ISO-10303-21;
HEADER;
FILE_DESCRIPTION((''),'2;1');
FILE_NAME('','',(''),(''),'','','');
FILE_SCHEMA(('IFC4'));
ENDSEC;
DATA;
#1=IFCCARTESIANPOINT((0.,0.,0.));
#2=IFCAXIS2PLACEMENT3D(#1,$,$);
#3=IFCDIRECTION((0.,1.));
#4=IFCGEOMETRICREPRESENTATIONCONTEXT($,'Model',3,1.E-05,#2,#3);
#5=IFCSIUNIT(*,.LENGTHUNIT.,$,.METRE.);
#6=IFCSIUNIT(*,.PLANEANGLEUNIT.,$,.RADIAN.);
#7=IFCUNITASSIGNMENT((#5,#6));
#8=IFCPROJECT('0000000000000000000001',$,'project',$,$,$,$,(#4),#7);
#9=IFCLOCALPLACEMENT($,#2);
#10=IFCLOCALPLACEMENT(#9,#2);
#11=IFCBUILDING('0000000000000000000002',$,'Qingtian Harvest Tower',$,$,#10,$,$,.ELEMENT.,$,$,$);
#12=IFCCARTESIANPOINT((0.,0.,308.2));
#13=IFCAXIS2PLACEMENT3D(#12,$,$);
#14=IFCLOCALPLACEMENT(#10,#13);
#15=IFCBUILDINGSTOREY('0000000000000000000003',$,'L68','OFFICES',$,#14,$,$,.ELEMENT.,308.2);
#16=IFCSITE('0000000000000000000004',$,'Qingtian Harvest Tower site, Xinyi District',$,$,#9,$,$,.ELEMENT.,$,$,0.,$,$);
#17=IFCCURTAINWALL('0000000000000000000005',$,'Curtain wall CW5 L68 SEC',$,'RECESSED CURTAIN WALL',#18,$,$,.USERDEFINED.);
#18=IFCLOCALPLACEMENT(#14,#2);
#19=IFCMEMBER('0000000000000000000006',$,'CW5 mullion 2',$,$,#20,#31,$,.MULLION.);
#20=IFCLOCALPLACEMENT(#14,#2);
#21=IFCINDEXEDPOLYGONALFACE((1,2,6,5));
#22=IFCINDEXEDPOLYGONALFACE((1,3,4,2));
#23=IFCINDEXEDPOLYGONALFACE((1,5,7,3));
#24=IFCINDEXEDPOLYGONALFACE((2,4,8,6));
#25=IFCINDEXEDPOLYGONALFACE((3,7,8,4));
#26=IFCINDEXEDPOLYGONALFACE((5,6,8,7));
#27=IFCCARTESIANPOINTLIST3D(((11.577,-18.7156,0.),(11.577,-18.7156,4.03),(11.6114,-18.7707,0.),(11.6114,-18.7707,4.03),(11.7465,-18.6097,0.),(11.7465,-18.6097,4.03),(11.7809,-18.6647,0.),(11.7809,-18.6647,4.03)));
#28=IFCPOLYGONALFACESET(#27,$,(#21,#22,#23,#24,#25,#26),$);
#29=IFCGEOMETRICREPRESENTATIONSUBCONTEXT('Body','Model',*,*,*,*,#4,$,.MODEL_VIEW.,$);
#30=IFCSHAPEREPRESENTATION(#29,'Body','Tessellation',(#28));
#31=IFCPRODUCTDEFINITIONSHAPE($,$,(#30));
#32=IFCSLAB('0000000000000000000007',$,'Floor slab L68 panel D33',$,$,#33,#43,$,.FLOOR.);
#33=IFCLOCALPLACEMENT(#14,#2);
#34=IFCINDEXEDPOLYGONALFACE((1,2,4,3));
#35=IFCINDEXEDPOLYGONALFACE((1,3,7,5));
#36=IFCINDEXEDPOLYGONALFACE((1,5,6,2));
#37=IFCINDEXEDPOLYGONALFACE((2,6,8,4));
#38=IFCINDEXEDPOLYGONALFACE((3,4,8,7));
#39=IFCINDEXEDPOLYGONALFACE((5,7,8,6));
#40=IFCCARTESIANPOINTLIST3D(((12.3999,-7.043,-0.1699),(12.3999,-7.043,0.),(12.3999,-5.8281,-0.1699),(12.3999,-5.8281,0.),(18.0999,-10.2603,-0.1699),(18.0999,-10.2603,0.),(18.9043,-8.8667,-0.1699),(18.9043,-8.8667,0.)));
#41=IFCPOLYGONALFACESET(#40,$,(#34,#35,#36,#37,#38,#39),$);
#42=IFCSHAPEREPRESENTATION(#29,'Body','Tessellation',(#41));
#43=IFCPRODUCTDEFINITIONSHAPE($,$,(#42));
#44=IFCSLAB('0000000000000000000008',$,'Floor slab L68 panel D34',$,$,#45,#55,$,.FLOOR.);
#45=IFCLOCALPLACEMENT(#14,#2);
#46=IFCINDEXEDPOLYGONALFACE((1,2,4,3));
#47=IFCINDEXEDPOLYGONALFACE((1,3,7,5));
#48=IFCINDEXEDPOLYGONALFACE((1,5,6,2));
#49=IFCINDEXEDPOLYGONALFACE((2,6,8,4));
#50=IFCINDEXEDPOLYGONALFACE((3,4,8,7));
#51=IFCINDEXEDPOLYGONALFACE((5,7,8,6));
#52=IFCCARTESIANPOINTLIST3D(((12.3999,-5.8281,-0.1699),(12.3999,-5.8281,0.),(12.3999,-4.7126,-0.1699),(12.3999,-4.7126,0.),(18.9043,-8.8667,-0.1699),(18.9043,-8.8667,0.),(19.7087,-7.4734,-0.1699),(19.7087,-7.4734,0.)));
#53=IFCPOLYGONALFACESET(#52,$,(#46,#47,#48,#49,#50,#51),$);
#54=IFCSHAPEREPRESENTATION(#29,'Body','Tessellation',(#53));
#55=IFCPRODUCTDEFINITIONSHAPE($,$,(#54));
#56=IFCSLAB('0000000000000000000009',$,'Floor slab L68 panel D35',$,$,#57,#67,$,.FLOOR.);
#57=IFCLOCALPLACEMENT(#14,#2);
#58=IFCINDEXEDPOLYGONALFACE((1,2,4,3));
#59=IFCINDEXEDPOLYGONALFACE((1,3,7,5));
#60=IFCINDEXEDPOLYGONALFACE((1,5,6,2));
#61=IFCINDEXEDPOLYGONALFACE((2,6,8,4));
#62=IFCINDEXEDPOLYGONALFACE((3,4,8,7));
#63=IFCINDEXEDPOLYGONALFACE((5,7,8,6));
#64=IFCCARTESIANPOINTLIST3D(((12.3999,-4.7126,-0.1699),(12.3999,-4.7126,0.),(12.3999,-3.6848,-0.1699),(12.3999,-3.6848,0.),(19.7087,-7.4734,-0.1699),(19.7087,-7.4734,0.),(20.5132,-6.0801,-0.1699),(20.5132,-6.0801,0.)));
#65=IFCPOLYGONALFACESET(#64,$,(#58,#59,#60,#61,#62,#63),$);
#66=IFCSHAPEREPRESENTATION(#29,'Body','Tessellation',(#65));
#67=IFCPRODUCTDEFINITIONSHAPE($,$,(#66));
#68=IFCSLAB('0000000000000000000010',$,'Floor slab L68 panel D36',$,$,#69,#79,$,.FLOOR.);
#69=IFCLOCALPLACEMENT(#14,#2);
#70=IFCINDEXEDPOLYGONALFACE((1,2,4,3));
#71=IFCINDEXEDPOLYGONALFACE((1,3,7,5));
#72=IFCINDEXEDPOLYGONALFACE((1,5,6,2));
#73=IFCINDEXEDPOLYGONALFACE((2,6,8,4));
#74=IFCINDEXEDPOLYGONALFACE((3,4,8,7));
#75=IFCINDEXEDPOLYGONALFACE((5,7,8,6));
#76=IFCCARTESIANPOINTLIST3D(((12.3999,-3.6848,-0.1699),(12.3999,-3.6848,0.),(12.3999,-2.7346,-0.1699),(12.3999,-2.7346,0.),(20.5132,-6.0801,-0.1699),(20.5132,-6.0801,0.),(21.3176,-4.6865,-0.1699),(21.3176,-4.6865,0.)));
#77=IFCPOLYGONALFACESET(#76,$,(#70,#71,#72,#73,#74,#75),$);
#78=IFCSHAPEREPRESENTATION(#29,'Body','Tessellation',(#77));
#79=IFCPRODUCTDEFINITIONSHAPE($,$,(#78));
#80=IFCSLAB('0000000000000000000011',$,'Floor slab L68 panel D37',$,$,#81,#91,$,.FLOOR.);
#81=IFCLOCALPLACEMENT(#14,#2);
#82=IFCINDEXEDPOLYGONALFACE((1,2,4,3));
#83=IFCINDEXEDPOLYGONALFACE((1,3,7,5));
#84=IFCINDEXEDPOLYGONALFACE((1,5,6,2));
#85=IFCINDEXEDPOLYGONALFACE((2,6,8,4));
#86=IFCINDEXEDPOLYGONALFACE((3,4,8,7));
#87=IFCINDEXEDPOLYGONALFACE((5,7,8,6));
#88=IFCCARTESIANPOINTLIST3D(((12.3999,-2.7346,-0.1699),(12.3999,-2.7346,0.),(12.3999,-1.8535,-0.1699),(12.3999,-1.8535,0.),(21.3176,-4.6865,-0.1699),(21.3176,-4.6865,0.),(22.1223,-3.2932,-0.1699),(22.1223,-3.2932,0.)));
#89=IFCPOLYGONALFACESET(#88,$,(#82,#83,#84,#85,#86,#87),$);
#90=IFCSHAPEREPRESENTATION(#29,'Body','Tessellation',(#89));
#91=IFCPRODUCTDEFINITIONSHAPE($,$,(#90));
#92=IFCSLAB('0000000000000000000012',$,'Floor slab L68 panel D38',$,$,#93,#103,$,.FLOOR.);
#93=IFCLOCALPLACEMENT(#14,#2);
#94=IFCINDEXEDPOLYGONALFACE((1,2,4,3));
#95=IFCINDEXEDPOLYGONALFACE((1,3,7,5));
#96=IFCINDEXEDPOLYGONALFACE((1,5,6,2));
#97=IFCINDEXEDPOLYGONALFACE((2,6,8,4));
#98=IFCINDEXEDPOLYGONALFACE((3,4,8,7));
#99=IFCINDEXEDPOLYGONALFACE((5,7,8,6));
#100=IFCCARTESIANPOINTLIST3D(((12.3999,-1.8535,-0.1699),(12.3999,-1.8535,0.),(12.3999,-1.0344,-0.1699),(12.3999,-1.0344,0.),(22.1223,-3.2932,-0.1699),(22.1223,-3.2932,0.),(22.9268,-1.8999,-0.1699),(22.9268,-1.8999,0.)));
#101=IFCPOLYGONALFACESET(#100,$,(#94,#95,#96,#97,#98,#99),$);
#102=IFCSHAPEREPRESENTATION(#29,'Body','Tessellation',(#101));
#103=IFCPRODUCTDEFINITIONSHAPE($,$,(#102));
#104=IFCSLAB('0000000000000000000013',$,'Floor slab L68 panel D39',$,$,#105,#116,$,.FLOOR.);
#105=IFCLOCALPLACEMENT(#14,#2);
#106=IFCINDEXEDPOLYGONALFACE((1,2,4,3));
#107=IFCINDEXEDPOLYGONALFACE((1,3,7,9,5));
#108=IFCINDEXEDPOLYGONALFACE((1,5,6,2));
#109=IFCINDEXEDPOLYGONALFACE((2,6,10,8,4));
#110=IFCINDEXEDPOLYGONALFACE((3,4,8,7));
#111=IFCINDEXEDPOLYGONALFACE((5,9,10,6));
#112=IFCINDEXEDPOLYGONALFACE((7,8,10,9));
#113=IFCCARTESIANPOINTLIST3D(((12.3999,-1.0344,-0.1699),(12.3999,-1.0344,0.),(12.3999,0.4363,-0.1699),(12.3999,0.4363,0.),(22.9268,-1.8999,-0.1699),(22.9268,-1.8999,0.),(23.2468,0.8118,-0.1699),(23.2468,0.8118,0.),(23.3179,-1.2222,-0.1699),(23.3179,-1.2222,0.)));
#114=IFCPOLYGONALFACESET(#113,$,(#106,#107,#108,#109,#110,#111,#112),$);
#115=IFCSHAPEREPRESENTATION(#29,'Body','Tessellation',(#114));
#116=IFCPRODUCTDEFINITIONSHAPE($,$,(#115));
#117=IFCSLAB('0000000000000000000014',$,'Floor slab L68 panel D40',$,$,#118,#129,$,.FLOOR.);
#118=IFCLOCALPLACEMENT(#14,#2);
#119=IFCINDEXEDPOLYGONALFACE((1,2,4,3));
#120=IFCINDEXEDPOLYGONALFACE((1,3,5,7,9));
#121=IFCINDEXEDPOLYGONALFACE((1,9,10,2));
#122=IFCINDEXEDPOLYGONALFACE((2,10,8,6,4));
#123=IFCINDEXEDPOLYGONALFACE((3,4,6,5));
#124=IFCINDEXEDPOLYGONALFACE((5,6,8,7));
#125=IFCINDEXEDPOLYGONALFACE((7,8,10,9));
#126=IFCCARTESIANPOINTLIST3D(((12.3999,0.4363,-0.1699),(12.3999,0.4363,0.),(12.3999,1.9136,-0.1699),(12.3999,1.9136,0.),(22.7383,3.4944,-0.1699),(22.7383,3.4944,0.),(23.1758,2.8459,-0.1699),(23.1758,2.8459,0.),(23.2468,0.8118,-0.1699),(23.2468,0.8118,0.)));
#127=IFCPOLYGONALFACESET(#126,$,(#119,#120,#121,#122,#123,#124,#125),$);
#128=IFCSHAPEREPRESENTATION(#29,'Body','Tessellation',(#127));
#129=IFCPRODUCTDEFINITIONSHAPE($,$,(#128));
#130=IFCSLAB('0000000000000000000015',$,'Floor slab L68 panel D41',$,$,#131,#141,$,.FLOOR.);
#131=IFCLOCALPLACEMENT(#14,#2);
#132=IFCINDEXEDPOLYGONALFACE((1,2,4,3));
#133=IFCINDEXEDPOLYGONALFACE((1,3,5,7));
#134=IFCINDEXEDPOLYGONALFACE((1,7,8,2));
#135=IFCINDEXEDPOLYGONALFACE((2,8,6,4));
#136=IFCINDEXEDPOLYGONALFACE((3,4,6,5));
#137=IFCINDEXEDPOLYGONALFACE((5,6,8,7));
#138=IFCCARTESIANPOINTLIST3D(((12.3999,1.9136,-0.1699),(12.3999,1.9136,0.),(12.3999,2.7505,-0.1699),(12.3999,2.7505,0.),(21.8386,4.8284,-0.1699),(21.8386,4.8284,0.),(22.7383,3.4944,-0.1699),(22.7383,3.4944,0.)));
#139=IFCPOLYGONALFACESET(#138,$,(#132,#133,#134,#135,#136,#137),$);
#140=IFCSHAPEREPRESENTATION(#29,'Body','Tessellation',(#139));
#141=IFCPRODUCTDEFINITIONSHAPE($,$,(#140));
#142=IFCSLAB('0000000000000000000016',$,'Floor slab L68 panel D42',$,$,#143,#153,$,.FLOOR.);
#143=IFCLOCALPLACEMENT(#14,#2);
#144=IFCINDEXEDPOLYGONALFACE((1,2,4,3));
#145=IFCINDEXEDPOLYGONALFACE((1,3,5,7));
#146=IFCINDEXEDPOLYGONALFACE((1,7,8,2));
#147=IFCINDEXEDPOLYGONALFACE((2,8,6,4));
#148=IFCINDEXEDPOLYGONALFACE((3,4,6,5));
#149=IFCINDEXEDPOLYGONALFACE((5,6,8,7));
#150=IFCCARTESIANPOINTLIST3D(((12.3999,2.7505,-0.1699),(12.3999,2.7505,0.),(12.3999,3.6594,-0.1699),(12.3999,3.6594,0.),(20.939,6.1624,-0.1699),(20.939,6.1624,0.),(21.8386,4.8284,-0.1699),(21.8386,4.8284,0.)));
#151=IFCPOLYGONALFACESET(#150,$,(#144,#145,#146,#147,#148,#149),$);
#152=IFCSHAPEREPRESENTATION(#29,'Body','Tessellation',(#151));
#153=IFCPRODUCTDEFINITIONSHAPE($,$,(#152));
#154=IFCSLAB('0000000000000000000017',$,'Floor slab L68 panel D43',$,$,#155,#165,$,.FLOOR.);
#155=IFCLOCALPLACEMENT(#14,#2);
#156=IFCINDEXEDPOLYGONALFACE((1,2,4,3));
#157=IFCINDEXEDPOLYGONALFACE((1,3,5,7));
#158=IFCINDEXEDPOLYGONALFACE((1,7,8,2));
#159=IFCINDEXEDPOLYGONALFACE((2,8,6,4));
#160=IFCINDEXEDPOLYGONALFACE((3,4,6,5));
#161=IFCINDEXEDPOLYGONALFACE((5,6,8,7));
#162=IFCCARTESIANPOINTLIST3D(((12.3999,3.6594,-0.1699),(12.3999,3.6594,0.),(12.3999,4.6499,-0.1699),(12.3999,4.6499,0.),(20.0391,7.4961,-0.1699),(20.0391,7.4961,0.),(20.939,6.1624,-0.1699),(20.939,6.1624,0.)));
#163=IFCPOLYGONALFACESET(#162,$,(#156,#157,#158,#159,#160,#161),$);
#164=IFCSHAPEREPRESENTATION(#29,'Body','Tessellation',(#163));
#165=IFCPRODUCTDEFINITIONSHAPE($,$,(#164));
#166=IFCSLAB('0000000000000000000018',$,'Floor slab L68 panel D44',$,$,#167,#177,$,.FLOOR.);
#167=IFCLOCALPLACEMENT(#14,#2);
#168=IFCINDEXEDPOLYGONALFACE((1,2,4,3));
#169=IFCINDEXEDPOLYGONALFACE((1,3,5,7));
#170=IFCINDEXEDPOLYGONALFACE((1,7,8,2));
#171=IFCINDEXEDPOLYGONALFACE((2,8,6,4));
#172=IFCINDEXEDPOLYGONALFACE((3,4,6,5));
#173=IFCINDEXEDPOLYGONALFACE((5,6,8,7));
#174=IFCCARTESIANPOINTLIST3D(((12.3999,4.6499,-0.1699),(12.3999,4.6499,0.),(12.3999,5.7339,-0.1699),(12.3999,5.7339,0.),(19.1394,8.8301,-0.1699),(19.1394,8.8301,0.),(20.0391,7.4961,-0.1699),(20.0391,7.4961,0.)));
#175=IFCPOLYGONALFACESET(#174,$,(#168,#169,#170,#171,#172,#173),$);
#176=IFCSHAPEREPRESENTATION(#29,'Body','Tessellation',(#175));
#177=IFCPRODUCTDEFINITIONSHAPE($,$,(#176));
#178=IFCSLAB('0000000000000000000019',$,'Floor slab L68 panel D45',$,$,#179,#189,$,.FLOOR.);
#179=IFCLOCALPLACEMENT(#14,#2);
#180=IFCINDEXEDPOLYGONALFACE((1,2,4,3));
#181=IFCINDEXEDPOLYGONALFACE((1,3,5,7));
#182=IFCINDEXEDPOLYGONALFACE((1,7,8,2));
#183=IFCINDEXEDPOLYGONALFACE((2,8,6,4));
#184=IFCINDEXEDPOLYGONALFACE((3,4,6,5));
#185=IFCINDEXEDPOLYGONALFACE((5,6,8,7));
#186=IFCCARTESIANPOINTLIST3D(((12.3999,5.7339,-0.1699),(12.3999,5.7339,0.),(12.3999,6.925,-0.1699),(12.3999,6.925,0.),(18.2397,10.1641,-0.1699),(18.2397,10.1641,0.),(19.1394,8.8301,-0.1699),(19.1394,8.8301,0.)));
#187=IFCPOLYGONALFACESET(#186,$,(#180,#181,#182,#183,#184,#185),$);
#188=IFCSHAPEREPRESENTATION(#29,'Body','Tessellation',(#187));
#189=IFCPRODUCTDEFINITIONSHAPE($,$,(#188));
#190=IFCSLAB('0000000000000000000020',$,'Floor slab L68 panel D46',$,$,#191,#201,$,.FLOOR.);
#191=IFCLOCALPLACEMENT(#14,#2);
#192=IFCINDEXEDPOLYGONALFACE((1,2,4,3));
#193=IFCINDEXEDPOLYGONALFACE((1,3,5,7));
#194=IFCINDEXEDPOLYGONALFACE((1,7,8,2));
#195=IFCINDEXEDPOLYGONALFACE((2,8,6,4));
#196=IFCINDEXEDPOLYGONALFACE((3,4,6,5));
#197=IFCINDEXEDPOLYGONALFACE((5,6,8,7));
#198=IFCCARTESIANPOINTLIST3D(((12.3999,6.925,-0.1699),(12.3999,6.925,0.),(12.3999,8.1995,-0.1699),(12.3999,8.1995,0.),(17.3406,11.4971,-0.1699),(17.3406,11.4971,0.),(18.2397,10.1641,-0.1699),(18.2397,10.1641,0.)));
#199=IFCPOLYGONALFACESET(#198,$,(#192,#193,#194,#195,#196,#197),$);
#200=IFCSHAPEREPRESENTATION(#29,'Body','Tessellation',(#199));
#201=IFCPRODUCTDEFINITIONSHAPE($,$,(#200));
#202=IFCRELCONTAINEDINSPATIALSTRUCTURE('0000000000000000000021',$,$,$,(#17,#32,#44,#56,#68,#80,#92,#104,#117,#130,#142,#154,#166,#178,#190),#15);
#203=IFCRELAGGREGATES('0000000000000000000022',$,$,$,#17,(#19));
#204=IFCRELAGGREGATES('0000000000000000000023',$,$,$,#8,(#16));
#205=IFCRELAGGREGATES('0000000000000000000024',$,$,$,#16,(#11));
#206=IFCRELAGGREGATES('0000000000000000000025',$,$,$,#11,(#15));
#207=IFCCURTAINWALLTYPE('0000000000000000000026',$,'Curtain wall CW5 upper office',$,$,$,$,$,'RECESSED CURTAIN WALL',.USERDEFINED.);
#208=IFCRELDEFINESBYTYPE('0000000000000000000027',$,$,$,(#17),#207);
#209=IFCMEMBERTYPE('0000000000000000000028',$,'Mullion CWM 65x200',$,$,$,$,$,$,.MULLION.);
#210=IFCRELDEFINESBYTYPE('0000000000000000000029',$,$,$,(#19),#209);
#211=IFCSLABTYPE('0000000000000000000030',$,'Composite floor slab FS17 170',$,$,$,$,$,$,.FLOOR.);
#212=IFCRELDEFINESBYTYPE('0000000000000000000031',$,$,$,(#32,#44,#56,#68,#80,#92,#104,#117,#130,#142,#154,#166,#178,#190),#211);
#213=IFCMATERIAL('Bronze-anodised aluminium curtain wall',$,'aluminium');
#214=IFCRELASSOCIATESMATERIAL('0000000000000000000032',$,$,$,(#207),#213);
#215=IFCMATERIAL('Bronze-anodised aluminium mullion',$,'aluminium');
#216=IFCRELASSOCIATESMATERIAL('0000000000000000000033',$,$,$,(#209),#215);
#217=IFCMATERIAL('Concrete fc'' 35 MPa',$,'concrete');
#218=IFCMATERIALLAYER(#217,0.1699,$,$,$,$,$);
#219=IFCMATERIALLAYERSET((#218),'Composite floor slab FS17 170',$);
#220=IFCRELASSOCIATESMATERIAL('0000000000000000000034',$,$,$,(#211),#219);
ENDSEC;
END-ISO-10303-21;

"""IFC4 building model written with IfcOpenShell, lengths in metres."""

from ifc_helpers import new_model, si_unit, direction, frame, origin, origin_2d, place, context, subcontext, project, spatial, polyline, rectangle, outline, extrude, material, layer, layer_set, material_profile, profile_set, type_object, element, aggregate, save


model = new_model("IFC4")

# Units and contexts
model_context = context("Model", 3, precision=1e-05, world=origin(), true_north=direction((0.0, 1.0)))
body_context = subcontext(model_context, "Body", "Model", "MODEL_VIEW")
ifc_project = project(units=[si_unit("LENGTHUNIT", "METRE"), si_unit("PLANEANGLEUNIT", "RADIAN")], contexts=[model_context])

# Site, building, storey
site_placement = place(None, origin())
site = spatial("IfcSite", under=ifc_project, at=site_placement, Name="Qingtian Harvest Tower site, Xinyi District", CompositionType="ELEMENT", RefElevation=0.0)
building_placement = place(site_placement, origin())
building = spatial("IfcBuilding", under=site, at=building_placement, Name="Qingtian Harvest Tower", CompositionType="ELEMENT")
storey_placement = place(building_placement, frame((0.0, 0.0, 308.2)))
storey = spatial("IfcBuildingStorey", under=building, at=storey_placement, Name="L68", Description="OFFICES", CompositionType="ELEMENT", Elevation=308.2)

# Curtain wall, member
ifc_material_1 = material(Name="Bronze-anodised aluminium curtain wall", Category="aluminium")
curtain_wall_type = type_object("IfcCurtainWallType", Name="Curtain wall CW5 upper office", ElementType="RECESSED CURTAIN WALL", PredefinedType="USERDEFINED", material=ifc_material_1)
curtain_wall_placement = place(storey_placement, origin())
curtain_wall = element("IfcCurtainWall", 1, at=curtain_wall_placement, inside=storey, type_object=curtain_wall_type, Name="Curtain wall CW5 L68 SEC", ObjectType="RECESSED CURTAIN WALL", PredefinedType="USERDEFINED")
ifc_material_2 = material(Name="Bronze-anodised aluminium mullion", Category="aluminium")
ifc_material_profile = material_profile(ifc_material_2, rectangle(XDim=0.0649, YDim=0.2, at=origin_2d()), Name="AL 65x200")
ifc_profile_set = profile_set([ifc_material_profile], Name="Bronze-anodised aluminium mullion")
member_type = type_object("IfcMemberType", Name="Mullion CWM 65x200", PredefinedType="MULLION", material=ifc_profile_set)
member_placement = place(storey_placement, frame((11.679, -18.6902, 0.0), z_axis=(0.0, 0.0, 1.0), x_axis=(0.529919, -0.848048, 0.0)))
member = element("IfcMember", 2, at=member_placement, type_object=member_type, Name="CW5 mullion 2", PredefinedType="MULLION", context=body_context, shape_type="SweptSolid", body=[
    extrude(rectangle(XDim=0.0649, YDim=0.2, at=origin_2d()), origin(), (0.0, 0.0, 1.0), 4.03),
])
aggregate(curtain_wall, [member])

# Slabs
ifc_material_3 = material(Name="Concrete fc' 35 MPa", Category="concrete")
ifc_layer_1 = layer(ifc_material_3, 0.1699)
ifc_layer_set_1 = layer_set([ifc_layer_1], Name="Composite floor slab FS17 170")
slab_type = type_object("IfcSlabType", Name="Composite floor slab FS17 170", PredefinedType="FLOOR", material=ifc_layer_set_1)
slab_1_placement = place(storey_placement, frame((0.0, 0.0, -0.1699)))
element("IfcSlab", 3, at=slab_1_placement, inside=storey, type_object=slab_type, Name="Floor slab L68 panel D33", PredefinedType="FLOOR", context=body_context, shape_type="SweptSolid", body=[
    extrude(outline(polyline([(12.3999, -5.8281), (18.9043, -8.8667), (18.0999, -10.2603), (12.3999, -7.043), (12.3999, -5.8281)])), origin(), (0.0, 0.0, 1.0), 0.1699),
])
slab_2_placement = place(storey_placement, frame((0.0, 0.0, -0.1699)))
element("IfcSlab", 4, at=slab_2_placement, inside=storey, type_object=slab_type, Name="Floor slab L68 panel D34", PredefinedType="FLOOR", context=body_context, shape_type="SweptSolid", body=[
    extrude(outline(polyline([(12.3999, -4.7126), (19.7087, -7.4734), (18.9043, -8.8667), (12.3999, -5.8281), (12.3999, -4.7126)])), origin(), (0.0, 0.0, 1.0), 0.1699),
])
slab_3_placement = place(storey_placement, frame((0.0, 0.0, -0.1699)))
element("IfcSlab", 5, at=slab_3_placement, inside=storey, type_object=slab_type, Name="Floor slab L68 panel D35", PredefinedType="FLOOR", context=body_context, shape_type="SweptSolid", body=[
    extrude(outline(polyline([(12.3999, -3.6848), (20.5132, -6.0801), (19.7087, -7.4734), (12.3999, -4.7126), (12.3999, -3.6848)])), origin(), (0.0, 0.0, 1.0), 0.1699),
])
slab_4_placement = place(storey_placement, frame((0.0, 0.0, -0.1699)))
element("IfcSlab", 6, at=slab_4_placement, inside=storey, type_object=slab_type, Name="Floor slab L68 panel D36", PredefinedType="FLOOR", context=body_context, shape_type="SweptSolid", body=[
    extrude(outline(polyline([(12.3999, -2.7346), (21.3176, -4.6865), (20.5132, -6.0801), (12.3999, -3.6848), (12.3999, -2.7346)])), origin(), (0.0, 0.0, 1.0), 0.1699),
])
slab_5_placement = place(storey_placement, frame((0.0, 0.0, -0.1699)))
element("IfcSlab", 7, at=slab_5_placement, inside=storey, type_object=slab_type, Name="Floor slab L68 panel D37", PredefinedType="FLOOR", context=body_context, shape_type="SweptSolid", body=[
    extrude(outline(polyline([(12.3999, -1.8535), (22.1223, -3.2932), (21.3176, -4.6865), (12.3999, -2.7346), (12.3999, -1.8535)])), origin(), (0.0, 0.0, 1.0), 0.1699),
])
slab_6_placement = place(storey_placement, frame((0.0, 0.0, -0.1699)))
element("IfcSlab", 8, at=slab_6_placement, inside=storey, type_object=slab_type, Name="Floor slab L68 panel D38", PredefinedType="FLOOR", context=body_context, shape_type="SweptSolid", body=[
    extrude(outline(polyline([(12.3999, -1.0344), (22.9268, -1.8999), (22.1223, -3.2932), (12.3999, -1.8535), (12.3999, -1.0344)])), origin(), (0.0, 0.0, 1.0), 0.1699),
])
slab_7_placement = place(storey_placement, frame((0.0, 0.0, -0.1699)))
element("IfcSlab", 9, at=slab_7_placement, inside=storey, type_object=slab_type, Name="Floor slab L68 panel D39", PredefinedType="FLOOR", context=body_context, shape_type="SweptSolid", body=[
    extrude(outline(polyline([(12.3999, -1.0344), (12.3999, 0.4363), (23.2468, 0.8118), (23.3179, -1.2222), (22.9268, -1.8999), (12.3999, -1.0344)])), origin(), (0.0, 0.0, 1.0), 0.1699),
])
slab_8_placement = place(storey_placement, frame((0.0, 0.0, -0.1699)))
element("IfcSlab", 10, at=slab_8_placement, inside=storey, type_object=slab_type, Name="Floor slab L68 panel D40", PredefinedType="FLOOR", context=body_context, shape_type="SweptSolid", body=[
    extrude(outline(polyline([(12.3999, 0.4363), (12.3999, 1.9136), (22.7383, 3.4944), (23.1758, 2.8459), (23.2468, 0.8118), (12.3999, 0.4363)])), origin(), (0.0, 0.0, 1.0), 0.1699),
])
slab_9_placement = place(storey_placement, frame((0.0, 0.0, -0.1699)))
element("IfcSlab", 11, at=slab_9_placement, inside=storey, type_object=slab_type, Name="Floor slab L68 panel D41", PredefinedType="FLOOR", context=body_context, shape_type="SweptSolid", body=[
    extrude(outline(polyline([(12.3999, 2.7505), (21.8386, 4.8284), (22.7383, 3.4944), (12.3999, 1.9136), (12.3999, 2.7505)])), origin(), (0.0, 0.0, 1.0), 0.1699),
])
slab_10_placement = place(storey_placement, frame((0.0, 0.0, -0.1699)))
element("IfcSlab", 12, at=slab_10_placement, inside=storey, type_object=slab_type, Name="Floor slab L68 panel D42", PredefinedType="FLOOR", context=body_context, shape_type="SweptSolid", body=[
    extrude(outline(polyline([(12.3999, 3.6594), (20.939, 6.1624), (21.8386, 4.8284), (12.3999, 2.7505), (12.3999, 3.6594)])), origin(), (0.0, 0.0, 1.0), 0.1699),
])
slab_11_placement = place(storey_placement, frame((0.0, 0.0, -0.1699)))
element("IfcSlab", 13, at=slab_11_placement, inside=storey, type_object=slab_type, Name="Floor slab L68 panel D43", PredefinedType="FLOOR", context=body_context, shape_type="SweptSolid", body=[
    extrude(outline(polyline([(12.3999, 4.6499), (20.0391, 7.4961), (20.939, 6.1624), (12.3999, 3.6594), (12.3999, 4.6499)])), origin(), (0.0, 0.0, 1.0), 0.1699),
])
slab_12_placement = place(storey_placement, frame((0.0, 0.0, -0.1699)))
element("IfcSlab", 14, at=slab_12_placement, inside=storey, type_object=slab_type, Name="Floor slab L68 panel D44", PredefinedType="FLOOR", context=body_context, shape_type="SweptSolid", body=[
    extrude(outline(polyline([(12.3999, 5.7339), (19.1394, 8.8301), (20.0391, 7.4961), (12.3999, 4.6499), (12.3999, 5.7339)])), origin(), (0.0, 0.0, 1.0), 0.1699),
])
slab_13_placement = place(storey_placement, frame((0.0, 0.0, -0.1699)))
element("IfcSlab", 15, at=slab_13_placement, inside=storey, type_object=slab_type, Name="Floor slab L68 panel D45", PredefinedType="FLOOR", context=body_context, shape_type="SweptSolid", body=[
    extrude(outline(polyline([(12.3999, 6.925), (18.2397, 10.1641), (19.1394, 8.8301), (12.3999, 5.7339), (12.3999, 6.925)])), origin(), (0.0, 0.0, 1.0), 0.1699),
])
slab_14_placement = place(storey_placement, frame((0.0, 0.0, -0.1699)))
element("IfcSlab", 16, at=slab_14_placement, inside=storey, type_object=slab_type, Name="Floor slab L68 panel D46", PredefinedType="FLOOR", context=body_context, shape_type="SweptSolid", body=[
    extrude(outline(polyline([(12.3999, 8.1995), (17.3406, 11.4971), (18.2397, 10.1641), (12.3999, 6.925), (12.3999, 8.1995)])), origin(), (0.0, 0.0, 1.0), 0.1699),
])

save(model, "model.ifc")
